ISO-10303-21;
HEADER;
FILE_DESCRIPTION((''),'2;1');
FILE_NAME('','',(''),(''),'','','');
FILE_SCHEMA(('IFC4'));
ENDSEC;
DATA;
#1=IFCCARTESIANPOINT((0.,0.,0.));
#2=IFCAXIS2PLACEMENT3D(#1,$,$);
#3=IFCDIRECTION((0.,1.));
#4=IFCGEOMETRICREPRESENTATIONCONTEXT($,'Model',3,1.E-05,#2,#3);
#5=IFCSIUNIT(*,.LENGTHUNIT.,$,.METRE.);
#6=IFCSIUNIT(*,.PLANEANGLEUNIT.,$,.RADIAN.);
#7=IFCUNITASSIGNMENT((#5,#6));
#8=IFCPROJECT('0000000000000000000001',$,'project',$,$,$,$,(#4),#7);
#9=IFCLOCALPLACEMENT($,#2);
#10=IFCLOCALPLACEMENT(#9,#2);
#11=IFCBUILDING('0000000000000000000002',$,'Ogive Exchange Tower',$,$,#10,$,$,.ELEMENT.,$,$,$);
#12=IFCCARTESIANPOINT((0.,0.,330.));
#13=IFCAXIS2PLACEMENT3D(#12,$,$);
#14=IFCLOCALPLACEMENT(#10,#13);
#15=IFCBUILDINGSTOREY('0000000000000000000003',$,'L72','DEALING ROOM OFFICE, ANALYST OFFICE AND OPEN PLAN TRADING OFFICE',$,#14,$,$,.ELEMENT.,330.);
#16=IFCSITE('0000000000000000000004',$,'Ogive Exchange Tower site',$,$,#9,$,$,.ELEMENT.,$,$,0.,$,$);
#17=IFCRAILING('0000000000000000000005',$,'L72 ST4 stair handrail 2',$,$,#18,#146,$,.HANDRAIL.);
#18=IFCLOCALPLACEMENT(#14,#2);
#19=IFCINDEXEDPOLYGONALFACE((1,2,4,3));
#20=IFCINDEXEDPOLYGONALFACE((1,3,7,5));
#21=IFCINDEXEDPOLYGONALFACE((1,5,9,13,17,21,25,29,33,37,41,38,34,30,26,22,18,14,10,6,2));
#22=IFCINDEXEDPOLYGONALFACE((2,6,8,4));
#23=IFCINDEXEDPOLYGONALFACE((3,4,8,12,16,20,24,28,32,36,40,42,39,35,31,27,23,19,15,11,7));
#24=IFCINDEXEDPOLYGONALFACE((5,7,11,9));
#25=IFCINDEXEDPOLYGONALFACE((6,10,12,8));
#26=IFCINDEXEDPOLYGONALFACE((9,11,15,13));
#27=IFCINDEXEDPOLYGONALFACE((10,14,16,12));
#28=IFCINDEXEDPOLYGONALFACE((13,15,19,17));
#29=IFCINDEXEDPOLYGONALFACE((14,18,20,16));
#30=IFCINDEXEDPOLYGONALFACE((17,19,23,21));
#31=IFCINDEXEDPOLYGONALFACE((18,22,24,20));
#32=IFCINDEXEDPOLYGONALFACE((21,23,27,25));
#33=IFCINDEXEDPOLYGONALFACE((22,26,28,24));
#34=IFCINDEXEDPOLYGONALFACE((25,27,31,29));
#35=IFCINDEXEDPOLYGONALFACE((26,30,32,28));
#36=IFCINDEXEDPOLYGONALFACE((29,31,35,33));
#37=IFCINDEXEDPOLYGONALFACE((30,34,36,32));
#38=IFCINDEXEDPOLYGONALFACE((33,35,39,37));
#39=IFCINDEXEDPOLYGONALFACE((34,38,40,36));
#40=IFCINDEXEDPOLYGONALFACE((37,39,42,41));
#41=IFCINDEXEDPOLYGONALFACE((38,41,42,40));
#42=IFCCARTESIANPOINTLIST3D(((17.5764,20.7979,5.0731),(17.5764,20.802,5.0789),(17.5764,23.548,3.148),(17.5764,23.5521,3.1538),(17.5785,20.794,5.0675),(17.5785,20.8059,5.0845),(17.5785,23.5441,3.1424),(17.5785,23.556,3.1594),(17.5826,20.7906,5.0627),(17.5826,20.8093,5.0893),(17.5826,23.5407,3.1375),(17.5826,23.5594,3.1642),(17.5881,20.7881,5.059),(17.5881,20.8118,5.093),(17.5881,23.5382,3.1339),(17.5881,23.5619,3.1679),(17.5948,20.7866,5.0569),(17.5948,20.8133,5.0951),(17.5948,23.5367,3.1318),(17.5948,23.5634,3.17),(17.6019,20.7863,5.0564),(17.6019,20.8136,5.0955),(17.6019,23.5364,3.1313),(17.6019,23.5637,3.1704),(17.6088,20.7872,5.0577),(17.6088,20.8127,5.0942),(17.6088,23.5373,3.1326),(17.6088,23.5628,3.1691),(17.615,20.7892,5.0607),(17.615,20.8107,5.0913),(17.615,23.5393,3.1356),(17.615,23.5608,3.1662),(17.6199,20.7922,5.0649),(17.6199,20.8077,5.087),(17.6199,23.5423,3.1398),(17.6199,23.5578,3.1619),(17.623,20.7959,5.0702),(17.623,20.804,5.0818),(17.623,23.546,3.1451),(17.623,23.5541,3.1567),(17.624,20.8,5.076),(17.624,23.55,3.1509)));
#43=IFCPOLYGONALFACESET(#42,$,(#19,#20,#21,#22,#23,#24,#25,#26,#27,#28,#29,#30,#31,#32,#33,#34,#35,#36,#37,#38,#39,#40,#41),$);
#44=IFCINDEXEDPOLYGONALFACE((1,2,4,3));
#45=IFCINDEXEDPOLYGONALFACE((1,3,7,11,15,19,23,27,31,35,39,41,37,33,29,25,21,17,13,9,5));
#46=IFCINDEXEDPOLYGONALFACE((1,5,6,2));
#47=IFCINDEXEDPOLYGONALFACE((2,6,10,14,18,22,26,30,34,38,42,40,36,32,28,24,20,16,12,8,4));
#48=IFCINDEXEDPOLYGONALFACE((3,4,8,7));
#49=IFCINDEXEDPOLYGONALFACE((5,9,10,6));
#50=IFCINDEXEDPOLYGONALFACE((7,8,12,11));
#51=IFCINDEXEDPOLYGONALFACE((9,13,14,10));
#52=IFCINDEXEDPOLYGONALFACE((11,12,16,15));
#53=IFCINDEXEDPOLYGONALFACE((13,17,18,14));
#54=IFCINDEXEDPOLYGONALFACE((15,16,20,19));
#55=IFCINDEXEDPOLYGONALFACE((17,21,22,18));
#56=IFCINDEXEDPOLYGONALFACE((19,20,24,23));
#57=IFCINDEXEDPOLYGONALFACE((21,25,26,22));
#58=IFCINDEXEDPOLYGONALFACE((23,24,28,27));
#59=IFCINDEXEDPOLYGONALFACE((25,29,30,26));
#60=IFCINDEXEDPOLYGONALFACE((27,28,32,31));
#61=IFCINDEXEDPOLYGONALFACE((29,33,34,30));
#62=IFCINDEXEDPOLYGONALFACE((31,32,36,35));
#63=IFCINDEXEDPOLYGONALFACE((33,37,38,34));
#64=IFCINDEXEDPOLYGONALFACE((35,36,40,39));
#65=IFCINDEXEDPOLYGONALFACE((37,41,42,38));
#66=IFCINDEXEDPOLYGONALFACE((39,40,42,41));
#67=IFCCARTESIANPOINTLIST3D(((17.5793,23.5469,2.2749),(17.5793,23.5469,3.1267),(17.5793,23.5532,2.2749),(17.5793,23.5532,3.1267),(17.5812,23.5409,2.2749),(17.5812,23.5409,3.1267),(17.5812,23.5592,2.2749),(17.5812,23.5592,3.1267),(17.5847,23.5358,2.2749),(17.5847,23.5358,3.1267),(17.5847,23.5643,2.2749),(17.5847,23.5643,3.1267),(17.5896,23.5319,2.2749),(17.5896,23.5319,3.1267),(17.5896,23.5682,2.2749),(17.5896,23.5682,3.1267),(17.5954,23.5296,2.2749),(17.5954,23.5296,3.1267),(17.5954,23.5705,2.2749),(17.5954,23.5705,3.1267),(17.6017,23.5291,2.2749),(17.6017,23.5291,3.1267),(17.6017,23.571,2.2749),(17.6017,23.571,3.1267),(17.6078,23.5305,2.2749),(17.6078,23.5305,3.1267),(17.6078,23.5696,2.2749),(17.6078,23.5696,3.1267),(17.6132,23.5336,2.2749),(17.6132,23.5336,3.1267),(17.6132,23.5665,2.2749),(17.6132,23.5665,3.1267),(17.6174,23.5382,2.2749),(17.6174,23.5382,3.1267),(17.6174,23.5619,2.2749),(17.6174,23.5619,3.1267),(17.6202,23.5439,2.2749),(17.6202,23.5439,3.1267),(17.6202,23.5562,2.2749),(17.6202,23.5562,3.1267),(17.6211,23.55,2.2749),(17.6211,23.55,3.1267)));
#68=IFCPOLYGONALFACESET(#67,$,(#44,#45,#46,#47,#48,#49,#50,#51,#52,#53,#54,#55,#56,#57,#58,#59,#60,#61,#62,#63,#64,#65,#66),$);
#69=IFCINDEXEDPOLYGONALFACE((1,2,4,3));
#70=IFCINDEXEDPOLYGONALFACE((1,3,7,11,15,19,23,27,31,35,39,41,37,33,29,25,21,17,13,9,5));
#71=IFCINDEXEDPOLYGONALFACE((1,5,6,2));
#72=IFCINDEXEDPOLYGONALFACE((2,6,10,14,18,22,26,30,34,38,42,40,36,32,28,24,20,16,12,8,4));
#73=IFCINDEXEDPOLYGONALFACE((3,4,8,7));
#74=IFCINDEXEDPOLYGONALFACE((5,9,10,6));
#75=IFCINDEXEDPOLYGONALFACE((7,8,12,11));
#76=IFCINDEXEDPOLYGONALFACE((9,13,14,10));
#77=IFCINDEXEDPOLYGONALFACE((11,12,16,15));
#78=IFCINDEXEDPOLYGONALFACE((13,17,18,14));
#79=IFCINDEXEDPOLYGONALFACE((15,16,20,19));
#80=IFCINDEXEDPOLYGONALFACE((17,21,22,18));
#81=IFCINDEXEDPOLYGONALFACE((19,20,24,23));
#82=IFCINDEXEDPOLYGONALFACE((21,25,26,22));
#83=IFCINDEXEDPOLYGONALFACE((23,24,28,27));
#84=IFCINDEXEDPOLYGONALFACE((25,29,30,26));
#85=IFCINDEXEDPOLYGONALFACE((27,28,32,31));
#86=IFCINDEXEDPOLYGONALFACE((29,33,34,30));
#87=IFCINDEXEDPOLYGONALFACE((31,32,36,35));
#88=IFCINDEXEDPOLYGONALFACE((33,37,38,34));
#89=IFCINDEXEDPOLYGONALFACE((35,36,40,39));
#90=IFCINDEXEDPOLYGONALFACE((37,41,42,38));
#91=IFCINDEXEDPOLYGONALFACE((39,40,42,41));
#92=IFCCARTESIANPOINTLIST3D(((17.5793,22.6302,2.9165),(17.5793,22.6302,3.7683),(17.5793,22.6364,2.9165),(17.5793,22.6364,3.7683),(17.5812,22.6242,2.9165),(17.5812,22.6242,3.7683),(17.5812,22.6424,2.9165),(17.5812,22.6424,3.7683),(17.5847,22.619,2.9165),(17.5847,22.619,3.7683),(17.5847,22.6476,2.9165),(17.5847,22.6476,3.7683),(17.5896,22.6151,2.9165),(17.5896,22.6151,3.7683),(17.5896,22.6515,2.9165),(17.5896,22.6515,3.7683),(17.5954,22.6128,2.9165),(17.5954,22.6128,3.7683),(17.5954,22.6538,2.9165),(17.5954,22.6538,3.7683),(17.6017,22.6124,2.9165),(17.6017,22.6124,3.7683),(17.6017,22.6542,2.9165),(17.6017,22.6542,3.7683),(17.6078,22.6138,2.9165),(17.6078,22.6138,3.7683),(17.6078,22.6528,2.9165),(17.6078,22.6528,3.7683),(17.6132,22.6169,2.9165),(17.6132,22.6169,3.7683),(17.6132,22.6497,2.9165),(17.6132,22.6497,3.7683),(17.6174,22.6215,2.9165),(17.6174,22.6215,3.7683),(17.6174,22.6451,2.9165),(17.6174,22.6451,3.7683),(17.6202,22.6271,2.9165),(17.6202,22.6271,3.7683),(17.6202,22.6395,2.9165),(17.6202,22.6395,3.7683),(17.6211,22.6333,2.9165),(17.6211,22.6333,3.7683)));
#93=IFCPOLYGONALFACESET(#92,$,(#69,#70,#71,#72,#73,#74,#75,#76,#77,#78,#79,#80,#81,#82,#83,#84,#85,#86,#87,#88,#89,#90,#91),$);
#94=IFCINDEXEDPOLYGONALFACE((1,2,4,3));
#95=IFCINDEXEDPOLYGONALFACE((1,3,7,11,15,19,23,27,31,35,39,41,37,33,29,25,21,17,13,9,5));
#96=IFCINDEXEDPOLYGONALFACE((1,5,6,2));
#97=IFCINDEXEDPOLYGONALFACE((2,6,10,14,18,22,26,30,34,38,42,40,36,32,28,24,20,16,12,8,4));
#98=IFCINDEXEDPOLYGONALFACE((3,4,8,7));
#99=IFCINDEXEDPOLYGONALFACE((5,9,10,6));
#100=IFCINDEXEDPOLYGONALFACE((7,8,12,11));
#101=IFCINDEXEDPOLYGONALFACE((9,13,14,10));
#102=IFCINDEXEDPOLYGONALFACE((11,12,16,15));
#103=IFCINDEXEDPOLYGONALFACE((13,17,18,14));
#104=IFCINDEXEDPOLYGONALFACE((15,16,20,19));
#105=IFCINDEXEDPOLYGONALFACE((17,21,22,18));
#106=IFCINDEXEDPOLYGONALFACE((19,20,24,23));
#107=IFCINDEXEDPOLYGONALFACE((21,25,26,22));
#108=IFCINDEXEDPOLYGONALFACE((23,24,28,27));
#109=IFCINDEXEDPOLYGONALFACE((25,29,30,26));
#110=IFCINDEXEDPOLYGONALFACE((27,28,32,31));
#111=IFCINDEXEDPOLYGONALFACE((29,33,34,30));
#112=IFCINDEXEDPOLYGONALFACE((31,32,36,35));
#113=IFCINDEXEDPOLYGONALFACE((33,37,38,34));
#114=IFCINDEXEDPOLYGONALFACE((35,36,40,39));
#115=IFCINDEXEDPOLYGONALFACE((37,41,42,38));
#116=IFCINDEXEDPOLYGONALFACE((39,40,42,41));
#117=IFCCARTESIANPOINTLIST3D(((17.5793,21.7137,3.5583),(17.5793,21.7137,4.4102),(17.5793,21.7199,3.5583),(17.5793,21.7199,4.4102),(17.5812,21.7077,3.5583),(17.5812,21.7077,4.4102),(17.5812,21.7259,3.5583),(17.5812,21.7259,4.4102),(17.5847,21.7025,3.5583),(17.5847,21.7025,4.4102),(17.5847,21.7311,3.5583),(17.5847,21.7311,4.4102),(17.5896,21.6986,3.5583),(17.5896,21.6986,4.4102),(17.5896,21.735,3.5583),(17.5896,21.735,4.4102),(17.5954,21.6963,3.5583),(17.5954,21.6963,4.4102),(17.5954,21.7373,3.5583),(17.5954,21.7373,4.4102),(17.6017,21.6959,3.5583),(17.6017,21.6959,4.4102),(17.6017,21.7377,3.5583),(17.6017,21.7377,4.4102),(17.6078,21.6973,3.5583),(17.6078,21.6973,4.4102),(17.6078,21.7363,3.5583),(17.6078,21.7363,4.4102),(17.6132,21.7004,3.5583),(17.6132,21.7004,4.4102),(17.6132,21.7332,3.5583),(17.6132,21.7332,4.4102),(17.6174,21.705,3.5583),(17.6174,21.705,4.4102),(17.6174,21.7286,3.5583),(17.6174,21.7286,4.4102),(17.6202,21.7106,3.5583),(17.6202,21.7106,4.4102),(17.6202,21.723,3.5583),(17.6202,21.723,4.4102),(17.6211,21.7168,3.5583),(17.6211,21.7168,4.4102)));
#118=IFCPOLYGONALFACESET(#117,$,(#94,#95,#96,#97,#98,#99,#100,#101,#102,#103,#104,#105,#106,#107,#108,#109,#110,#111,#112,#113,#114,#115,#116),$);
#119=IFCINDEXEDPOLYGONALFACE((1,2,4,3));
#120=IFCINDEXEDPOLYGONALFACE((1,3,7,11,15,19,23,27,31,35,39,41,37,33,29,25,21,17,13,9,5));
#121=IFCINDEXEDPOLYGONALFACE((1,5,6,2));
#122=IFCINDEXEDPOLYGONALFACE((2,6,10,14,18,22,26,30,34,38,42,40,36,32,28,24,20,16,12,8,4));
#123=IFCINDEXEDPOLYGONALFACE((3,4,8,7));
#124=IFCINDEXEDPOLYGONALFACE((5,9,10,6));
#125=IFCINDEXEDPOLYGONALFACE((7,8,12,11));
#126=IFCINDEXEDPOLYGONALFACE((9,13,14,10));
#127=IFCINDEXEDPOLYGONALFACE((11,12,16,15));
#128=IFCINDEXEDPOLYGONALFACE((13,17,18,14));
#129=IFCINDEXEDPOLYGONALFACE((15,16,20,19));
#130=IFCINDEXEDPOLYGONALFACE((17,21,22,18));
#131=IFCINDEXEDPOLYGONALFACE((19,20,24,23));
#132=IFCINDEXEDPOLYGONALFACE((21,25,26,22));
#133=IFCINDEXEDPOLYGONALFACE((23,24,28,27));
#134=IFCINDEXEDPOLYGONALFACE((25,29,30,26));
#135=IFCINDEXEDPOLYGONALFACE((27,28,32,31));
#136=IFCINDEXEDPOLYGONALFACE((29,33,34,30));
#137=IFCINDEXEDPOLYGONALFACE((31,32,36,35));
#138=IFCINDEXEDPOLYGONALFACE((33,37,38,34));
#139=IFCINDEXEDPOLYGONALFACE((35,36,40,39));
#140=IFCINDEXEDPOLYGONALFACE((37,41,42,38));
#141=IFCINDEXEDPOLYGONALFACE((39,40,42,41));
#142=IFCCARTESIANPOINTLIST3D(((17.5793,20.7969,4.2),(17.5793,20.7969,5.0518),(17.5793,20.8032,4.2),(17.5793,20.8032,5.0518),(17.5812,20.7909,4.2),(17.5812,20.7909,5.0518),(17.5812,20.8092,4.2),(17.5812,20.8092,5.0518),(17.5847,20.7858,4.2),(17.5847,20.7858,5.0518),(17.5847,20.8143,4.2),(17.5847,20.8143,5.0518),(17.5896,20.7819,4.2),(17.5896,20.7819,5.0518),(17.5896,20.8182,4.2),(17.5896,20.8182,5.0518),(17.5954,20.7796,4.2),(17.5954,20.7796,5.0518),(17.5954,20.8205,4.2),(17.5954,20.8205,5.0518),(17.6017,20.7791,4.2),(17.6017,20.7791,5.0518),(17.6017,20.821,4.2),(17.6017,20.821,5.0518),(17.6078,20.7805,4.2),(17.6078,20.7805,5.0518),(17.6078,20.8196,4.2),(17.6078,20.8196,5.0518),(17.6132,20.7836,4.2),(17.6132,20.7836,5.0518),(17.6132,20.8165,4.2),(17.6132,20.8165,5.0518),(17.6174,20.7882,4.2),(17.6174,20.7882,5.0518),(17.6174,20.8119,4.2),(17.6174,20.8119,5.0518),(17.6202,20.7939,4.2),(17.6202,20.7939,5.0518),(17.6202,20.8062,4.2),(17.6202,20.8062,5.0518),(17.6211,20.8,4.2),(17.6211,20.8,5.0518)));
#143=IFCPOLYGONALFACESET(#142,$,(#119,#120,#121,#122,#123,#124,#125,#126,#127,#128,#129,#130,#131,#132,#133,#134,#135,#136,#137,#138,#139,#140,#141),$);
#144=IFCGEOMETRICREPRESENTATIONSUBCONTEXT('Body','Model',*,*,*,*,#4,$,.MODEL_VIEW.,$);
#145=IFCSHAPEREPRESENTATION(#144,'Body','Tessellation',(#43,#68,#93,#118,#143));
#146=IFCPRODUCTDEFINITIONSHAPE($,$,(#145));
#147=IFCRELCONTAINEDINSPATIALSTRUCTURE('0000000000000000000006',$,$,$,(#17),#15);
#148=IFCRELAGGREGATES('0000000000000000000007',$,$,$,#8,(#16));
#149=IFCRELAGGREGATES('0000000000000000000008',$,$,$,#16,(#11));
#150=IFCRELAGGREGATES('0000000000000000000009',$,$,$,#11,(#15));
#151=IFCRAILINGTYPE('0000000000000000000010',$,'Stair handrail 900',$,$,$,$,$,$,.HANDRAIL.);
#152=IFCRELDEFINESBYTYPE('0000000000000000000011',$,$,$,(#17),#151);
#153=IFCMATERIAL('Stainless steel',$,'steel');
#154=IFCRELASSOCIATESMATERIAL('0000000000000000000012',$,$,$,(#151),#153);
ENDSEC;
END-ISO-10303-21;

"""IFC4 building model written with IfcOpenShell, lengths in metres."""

from ifc_helpers import new_model, si_unit, direction, frame, origin, origin_2d, place, context, subcontext, project, spatial, circle, extrude, material, type_object, element, save


model = new_model("IFC4")

# Units and contexts
model_context = context("Model", 3, precision=1e-05, world=origin(), true_north=direction((0.0, 1.0)))
body_context = subcontext(model_context, "Body", "Model", "MODEL_VIEW")
ifc_project = project(units=[si_unit("LENGTHUNIT", "METRE"), si_unit("PLANEANGLEUNIT", "RADIAN")], contexts=[model_context])

# Site, building, storey
site_placement = place(None, origin())
site = spatial("IfcSite", under=ifc_project, at=site_placement, Name="Ogive Exchange Tower site", CompositionType="ELEMENT", RefElevation=0.0)
building_placement = place(site_placement, origin())
building = spatial("IfcBuilding", under=site, at=building_placement, Name="Ogive Exchange Tower", CompositionType="ELEMENT")
storey_placement = place(building_placement, frame((0.0, 0.0, 330.0)))
storey = spatial("IfcBuildingStorey", under=building, at=storey_placement, Name="L72", Description="DEALING ROOM OFFICE, ANALYST OFFICE AND OPEN PLAN TRADING OFFICE", CompositionType="ELEMENT", Elevation=330.0)

# Railing
ifc_material_1 = material(Name="Stainless steel", Category="steel")
railing_type = type_object("IfcRailingType", Name="Stair handrail 900", PredefinedType="HANDRAIL", material=ifc_material_1)
railing_1_placement = place(storey_placement, frame((17.6001, 23.55, 2.2749)))
element("IfcRailing", 1, at=railing_1_placement, inside=storey, type_object=railing_type, Name="L72 ST4 stair handrail 2", PredefinedType="HANDRAIL", context=body_context, shape_type="SweptSolid", body=[
    extrude(circle(Radius=0.0239, at=origin_2d()), frame((0.0, 0.0, 0.876), z_axis=(0.0, -0.819225, 0.573472), x_axis=(1.0, 0.0, 0.0)), (0.0, 0.0, 1.0), 3.3569),
    extrude(circle(Radius=0.021, at=origin_2d()), origin(), (0.0, 0.0, 1.0), 0.8518),
    extrude(circle(Radius=0.021, at=origin_2d()), frame((0.0, -0.9167, 0.6416)), (0.0, 0.0, 1.0), 0.8518),
    extrude(circle(Radius=0.021, at=origin_2d()), frame((0.0, -1.8333, 1.2834)), (0.0, 0.0, 1.0), 0.8518),
    extrude(circle(Radius=0.021, at=origin_2d()), frame((0.0, -2.75, 1.925)), (0.0, 0.0, 1.0), 0.8518),
])

save(model, "model.ifc")
